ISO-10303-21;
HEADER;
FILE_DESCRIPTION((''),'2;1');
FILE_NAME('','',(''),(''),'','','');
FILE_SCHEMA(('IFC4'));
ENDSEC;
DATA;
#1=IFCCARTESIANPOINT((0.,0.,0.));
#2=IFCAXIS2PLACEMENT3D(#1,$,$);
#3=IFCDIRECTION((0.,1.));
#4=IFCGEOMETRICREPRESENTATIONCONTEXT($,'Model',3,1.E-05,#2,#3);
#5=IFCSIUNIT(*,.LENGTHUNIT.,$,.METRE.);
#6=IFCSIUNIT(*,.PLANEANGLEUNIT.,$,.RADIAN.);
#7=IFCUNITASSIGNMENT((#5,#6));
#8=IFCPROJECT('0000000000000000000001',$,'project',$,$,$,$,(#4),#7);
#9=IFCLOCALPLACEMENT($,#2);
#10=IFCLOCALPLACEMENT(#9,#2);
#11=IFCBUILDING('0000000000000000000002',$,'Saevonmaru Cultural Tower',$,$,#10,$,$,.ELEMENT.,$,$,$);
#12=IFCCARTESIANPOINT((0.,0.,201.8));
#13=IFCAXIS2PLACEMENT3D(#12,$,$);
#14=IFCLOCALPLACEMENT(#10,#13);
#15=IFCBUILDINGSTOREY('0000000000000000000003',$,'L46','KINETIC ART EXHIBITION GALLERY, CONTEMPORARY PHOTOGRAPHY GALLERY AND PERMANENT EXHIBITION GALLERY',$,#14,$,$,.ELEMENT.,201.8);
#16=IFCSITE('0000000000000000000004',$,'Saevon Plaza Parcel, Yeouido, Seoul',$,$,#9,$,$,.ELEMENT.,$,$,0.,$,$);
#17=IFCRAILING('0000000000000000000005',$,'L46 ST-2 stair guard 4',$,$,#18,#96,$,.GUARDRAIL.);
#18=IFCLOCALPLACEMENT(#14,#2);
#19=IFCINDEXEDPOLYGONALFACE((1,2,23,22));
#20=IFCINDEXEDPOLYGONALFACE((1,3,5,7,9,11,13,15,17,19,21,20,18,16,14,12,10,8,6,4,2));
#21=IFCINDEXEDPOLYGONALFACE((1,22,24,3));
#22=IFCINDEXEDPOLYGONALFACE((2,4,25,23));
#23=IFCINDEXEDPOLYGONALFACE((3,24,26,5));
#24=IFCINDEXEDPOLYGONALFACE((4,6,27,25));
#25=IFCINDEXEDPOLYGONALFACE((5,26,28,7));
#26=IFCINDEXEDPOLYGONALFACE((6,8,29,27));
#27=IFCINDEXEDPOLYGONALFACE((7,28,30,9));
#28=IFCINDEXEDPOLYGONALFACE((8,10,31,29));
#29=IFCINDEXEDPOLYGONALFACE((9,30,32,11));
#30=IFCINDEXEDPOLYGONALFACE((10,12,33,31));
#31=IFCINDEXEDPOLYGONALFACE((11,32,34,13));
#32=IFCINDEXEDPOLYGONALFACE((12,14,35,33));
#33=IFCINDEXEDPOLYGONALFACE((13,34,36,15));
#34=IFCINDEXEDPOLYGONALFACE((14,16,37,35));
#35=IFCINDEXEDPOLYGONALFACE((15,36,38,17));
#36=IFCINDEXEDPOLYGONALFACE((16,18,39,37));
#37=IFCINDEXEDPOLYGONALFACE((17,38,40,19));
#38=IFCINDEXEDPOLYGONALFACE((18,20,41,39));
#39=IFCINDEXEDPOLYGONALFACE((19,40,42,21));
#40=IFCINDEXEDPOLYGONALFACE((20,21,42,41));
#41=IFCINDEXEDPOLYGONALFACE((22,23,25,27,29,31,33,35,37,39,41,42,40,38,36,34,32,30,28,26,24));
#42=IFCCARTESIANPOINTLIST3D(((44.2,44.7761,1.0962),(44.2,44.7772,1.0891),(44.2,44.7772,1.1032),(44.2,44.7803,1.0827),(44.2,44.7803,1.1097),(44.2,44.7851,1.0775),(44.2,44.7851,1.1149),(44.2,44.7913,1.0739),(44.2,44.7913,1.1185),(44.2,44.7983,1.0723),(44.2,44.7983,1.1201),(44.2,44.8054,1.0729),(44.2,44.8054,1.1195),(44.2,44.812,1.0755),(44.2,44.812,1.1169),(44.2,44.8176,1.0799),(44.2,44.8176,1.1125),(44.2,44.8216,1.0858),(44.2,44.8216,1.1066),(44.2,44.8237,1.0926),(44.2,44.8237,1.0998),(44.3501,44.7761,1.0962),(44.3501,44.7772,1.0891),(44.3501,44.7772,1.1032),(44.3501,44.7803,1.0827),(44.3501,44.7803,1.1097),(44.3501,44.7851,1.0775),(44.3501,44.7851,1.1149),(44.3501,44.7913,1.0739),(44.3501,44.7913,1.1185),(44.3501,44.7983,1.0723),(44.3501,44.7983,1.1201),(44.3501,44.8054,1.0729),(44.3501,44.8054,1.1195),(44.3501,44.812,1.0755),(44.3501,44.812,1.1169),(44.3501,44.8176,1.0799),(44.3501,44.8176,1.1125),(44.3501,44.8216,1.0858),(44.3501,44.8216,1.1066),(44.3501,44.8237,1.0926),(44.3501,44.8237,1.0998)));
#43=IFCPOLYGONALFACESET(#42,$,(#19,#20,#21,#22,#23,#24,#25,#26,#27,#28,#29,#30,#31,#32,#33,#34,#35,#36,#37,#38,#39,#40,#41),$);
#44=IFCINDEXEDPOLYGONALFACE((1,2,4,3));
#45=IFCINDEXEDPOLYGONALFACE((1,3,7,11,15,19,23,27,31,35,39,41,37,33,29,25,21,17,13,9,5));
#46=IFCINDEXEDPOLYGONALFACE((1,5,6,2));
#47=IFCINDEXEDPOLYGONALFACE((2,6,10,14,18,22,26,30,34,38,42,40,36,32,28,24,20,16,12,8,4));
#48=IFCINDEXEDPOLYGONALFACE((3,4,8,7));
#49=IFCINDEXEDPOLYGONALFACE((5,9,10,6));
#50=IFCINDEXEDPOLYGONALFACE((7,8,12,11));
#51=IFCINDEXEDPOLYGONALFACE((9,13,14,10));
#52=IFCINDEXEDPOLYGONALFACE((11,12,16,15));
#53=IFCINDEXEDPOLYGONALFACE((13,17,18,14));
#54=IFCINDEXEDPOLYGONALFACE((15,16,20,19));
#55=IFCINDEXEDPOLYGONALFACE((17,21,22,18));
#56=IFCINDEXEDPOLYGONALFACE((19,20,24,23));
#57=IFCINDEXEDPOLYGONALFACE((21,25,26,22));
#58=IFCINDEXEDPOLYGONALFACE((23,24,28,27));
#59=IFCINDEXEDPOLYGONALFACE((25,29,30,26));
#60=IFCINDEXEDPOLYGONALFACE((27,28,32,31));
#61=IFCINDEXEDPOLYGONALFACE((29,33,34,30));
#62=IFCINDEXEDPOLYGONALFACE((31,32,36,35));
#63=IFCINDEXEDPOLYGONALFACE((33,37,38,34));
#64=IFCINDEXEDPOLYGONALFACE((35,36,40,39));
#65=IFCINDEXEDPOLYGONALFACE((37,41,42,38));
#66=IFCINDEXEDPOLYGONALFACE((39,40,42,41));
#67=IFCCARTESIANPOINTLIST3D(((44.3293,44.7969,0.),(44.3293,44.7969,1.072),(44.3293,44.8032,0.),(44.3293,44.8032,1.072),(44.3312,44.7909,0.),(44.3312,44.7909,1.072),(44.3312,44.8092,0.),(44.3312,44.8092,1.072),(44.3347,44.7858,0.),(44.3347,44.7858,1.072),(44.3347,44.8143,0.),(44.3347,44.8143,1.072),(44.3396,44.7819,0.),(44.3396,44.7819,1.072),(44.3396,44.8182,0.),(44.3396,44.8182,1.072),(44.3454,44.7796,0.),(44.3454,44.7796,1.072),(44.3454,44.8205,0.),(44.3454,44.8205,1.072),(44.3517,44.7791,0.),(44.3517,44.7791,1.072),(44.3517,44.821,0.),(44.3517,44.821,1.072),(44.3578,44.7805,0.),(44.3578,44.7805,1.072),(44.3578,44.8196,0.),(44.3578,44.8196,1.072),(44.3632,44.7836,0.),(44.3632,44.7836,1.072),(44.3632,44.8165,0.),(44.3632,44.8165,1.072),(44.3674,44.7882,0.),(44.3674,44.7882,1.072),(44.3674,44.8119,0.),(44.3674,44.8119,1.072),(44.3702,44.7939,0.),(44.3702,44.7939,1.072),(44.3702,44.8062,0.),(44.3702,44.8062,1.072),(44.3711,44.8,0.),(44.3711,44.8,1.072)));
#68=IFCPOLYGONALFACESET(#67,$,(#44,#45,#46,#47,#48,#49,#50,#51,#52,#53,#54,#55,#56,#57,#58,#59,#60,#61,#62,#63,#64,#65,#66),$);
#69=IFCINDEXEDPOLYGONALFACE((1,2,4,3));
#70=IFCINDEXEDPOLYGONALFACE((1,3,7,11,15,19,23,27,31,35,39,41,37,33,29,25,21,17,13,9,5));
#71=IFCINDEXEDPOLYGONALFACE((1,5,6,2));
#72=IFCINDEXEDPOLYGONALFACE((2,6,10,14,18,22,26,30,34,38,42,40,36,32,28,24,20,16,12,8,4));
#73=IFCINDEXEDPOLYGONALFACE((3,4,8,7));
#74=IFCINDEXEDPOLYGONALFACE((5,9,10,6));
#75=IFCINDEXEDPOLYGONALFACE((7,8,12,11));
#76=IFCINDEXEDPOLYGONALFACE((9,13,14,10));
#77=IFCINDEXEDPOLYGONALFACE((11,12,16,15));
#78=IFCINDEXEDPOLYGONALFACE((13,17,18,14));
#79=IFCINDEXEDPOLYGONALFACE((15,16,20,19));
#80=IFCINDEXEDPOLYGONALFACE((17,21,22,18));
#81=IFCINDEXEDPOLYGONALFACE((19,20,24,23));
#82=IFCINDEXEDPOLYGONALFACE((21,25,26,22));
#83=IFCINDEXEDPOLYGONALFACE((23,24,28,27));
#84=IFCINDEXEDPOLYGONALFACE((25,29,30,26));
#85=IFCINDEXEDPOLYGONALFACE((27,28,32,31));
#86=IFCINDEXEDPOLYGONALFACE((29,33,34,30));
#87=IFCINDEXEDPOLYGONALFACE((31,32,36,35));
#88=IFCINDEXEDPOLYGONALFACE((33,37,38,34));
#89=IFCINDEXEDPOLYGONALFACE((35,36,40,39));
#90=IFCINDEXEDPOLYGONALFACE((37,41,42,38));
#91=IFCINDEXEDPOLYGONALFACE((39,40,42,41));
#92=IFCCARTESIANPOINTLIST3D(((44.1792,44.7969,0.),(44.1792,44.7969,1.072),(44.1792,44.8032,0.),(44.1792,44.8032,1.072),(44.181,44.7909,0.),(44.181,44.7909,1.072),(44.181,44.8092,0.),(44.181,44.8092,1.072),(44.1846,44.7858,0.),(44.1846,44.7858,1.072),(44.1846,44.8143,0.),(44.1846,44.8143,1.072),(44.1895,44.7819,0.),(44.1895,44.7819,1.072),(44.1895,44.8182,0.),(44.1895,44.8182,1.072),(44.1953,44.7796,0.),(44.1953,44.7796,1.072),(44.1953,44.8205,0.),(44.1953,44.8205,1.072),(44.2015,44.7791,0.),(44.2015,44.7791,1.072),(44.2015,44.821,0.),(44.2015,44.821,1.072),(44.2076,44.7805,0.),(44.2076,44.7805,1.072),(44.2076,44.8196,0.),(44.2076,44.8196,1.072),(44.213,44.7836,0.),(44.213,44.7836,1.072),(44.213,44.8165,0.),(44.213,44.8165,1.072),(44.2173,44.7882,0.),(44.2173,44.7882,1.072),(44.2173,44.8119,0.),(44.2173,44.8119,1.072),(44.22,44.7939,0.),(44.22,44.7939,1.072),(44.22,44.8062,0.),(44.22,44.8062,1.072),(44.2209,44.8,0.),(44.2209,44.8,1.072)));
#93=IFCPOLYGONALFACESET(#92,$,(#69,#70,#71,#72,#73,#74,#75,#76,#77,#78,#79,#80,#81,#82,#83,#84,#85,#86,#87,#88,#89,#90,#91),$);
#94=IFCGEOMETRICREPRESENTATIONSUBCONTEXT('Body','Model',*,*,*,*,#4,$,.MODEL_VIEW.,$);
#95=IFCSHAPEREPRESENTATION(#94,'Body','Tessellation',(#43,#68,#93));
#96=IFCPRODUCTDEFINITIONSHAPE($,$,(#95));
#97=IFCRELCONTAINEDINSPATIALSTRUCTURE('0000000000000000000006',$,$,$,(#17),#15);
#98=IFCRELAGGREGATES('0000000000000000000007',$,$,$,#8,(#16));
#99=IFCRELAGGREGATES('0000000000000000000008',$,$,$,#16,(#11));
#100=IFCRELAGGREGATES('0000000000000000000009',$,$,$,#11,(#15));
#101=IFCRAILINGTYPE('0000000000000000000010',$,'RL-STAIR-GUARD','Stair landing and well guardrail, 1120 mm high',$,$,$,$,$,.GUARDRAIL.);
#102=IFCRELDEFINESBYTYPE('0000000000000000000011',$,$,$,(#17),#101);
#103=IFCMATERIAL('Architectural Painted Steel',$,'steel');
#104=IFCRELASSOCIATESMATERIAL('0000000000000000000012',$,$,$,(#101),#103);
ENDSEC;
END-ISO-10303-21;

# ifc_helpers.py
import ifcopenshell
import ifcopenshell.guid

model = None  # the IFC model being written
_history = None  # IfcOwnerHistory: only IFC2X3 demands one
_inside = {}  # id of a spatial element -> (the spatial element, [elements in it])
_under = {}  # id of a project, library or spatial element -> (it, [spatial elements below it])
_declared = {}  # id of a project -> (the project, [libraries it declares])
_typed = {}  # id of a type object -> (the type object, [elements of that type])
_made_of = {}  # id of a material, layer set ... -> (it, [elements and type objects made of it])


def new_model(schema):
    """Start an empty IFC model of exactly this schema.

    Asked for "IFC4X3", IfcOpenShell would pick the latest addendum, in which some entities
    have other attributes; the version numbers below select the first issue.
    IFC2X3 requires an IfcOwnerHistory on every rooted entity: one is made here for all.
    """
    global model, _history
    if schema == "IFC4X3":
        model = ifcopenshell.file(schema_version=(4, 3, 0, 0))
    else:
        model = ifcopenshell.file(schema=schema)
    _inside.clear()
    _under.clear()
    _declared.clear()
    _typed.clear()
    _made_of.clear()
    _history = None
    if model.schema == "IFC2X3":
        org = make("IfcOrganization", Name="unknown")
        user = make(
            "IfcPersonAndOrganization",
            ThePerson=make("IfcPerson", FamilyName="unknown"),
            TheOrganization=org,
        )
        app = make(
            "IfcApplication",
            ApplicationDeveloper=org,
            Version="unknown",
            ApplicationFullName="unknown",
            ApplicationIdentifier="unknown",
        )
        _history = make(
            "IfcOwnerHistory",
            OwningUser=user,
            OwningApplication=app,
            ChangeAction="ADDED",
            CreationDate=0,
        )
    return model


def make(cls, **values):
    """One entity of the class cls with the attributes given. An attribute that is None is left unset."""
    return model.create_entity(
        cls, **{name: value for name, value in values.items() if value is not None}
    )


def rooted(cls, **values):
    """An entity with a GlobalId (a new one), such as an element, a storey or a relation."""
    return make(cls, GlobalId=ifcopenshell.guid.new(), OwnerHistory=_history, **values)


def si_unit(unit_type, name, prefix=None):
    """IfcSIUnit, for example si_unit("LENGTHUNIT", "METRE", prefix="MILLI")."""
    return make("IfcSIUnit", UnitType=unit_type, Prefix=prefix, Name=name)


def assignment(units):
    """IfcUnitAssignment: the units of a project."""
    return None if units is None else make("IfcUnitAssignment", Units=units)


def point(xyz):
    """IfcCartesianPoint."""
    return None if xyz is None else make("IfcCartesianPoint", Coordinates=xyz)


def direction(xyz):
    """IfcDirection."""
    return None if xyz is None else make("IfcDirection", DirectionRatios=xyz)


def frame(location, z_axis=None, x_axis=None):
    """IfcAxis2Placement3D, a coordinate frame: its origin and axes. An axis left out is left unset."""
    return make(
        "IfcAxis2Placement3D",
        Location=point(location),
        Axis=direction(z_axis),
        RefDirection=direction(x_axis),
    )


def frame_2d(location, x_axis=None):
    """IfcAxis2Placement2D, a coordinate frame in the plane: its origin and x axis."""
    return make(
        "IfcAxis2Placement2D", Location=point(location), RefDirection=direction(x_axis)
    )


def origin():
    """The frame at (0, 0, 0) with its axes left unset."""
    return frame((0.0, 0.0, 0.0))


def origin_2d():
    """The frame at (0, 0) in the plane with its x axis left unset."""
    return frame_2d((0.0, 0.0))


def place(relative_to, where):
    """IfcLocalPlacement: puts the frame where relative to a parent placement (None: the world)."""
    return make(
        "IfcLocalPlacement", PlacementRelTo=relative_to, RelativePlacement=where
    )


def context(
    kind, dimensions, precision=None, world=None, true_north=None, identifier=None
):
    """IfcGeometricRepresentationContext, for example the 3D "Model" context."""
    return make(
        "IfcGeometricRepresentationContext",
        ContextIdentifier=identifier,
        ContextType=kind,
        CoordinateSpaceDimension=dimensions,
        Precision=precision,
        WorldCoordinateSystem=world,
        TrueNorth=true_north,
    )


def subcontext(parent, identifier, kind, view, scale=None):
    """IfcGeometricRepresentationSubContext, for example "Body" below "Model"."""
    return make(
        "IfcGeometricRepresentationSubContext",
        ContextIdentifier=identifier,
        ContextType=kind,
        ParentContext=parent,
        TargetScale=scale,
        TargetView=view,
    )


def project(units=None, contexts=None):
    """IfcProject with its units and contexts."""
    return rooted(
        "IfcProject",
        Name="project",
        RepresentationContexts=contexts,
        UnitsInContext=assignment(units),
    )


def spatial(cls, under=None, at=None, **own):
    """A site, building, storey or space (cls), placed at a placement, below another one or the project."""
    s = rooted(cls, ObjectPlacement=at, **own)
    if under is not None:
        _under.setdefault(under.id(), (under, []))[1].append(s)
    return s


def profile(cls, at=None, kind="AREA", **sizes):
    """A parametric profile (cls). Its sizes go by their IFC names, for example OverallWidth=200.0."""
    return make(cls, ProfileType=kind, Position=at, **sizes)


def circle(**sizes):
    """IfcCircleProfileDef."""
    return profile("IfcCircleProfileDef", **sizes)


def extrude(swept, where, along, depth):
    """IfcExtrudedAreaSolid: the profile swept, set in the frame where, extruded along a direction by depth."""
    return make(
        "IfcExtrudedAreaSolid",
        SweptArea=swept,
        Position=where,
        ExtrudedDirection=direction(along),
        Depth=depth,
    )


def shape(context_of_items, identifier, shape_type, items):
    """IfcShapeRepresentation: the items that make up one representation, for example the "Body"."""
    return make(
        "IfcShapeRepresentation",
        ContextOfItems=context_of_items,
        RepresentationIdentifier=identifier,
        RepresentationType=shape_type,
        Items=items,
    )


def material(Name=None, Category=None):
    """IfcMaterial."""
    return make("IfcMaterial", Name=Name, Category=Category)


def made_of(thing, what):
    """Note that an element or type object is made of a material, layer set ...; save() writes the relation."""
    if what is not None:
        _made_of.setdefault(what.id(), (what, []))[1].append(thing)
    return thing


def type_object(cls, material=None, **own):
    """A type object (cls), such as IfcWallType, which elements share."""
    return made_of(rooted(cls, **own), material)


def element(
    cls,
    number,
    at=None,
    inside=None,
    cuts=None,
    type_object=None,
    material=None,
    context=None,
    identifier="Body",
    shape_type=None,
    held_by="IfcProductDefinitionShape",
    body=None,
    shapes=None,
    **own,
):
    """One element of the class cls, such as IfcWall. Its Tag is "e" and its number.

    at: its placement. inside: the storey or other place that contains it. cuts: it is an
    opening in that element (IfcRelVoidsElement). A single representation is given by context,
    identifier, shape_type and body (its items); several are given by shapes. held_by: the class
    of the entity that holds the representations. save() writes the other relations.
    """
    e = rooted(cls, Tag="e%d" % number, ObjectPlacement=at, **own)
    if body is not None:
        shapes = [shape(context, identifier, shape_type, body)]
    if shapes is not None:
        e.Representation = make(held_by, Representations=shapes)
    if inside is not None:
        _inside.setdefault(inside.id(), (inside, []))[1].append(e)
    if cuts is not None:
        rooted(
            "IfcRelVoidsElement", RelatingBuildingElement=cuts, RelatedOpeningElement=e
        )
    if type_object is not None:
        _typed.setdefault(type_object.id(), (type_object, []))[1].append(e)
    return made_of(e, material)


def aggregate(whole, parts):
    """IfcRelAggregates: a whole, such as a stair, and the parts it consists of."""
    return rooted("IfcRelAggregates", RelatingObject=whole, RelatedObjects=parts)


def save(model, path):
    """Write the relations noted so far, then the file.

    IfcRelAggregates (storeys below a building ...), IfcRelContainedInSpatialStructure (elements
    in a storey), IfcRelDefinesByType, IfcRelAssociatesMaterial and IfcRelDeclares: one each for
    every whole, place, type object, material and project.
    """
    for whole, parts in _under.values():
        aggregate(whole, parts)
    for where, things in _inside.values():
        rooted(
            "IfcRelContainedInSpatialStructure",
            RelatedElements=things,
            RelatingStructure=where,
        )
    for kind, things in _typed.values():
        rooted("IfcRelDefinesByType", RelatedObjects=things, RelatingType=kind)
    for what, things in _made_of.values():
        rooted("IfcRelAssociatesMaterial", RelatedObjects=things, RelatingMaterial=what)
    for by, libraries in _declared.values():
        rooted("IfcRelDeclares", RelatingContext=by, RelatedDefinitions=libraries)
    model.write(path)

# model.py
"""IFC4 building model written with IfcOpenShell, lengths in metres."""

from ifc_helpers import new_model, si_unit, direction, frame, origin, origin_2d, place, context, subcontext, project, spatial, circle, extrude, material, type_object, element, save


model = new_model("IFC4")

# Units and contexts
model_context = context("Model", 3, precision=1e-05, world=origin(), true_north=direction((0.0, 1.0)))
body_context = subcontext(model_context, "Body", "Model", "MODEL_VIEW")
ifc_project = project(units=[si_unit("LENGTHUNIT", "METRE"), si_unit("PLANEANGLEUNIT", "RADIAN")], contexts=[model_context])

# Site, building, storey
site_placement = place(None, origin())
site = spatial("IfcSite", under=ifc_project, at=site_placement, Name="Saevon Plaza Parcel, Yeouido, Seoul", CompositionType="ELEMENT", RefElevation=0.0)
building_placement = place(site_placement, origin())
building = spatial("IfcBuilding", under=site, at=building_placement, Name="Saevonmaru Cultural Tower", CompositionType="ELEMENT")
storey_placement = place(building_placement, frame((0.0, 0.0, 201.8)))
storey = spatial("IfcBuildingStorey", under=building, at=storey_placement, Name="L46", Description="KINETIC ART EXHIBITION GALLERY, CONTEMPORARY PHOTOGRAPHY GALLERY AND PERMANENT EXHIBITION GALLERY", CompositionType="ELEMENT", Elevation=201.8)

# Railing
ifc_material_1 = material(Name="Architectural Painted Steel", Category="steel")
railing_type_1 = type_object("IfcRailingType", Name="RL-STAIR-GUARD", Description="Stair landing and well guardrail, 1120 mm high", PredefinedType="GUARDRAIL", material=ifc_material_1)
railing_1_placement = place(storey_placement, frame((44.3501, 44.8, 0.0)))
element("IfcRailing", 1, at=railing_1_placement, inside=storey, type_object=railing_type_1, Name="L46 ST-2 stair guard 4", PredefinedType="GUARDRAIL", context=body_context, shape_type="SweptSolid", body=[
    extrude(circle(Radius=0.0239, at=origin_2d()), frame((0.0, 0.0, 1.0962), z_axis=(-1.0, 0.0, 0.0), x_axis=(0.0, -1.0, 0.0)), (0.0, 0.0, 1.0), 0.1501),
    extrude(circle(Radius=0.021, at=origin_2d()), origin(), (0.0, 0.0, 1.0), 1.072),
    extrude(circle(Radius=0.021, at=origin_2d()), frame((-0.1501, 0.0, 0.0)), (0.0, 0.0, 1.0), 1.072),
])

save(model, "model.ifc")
